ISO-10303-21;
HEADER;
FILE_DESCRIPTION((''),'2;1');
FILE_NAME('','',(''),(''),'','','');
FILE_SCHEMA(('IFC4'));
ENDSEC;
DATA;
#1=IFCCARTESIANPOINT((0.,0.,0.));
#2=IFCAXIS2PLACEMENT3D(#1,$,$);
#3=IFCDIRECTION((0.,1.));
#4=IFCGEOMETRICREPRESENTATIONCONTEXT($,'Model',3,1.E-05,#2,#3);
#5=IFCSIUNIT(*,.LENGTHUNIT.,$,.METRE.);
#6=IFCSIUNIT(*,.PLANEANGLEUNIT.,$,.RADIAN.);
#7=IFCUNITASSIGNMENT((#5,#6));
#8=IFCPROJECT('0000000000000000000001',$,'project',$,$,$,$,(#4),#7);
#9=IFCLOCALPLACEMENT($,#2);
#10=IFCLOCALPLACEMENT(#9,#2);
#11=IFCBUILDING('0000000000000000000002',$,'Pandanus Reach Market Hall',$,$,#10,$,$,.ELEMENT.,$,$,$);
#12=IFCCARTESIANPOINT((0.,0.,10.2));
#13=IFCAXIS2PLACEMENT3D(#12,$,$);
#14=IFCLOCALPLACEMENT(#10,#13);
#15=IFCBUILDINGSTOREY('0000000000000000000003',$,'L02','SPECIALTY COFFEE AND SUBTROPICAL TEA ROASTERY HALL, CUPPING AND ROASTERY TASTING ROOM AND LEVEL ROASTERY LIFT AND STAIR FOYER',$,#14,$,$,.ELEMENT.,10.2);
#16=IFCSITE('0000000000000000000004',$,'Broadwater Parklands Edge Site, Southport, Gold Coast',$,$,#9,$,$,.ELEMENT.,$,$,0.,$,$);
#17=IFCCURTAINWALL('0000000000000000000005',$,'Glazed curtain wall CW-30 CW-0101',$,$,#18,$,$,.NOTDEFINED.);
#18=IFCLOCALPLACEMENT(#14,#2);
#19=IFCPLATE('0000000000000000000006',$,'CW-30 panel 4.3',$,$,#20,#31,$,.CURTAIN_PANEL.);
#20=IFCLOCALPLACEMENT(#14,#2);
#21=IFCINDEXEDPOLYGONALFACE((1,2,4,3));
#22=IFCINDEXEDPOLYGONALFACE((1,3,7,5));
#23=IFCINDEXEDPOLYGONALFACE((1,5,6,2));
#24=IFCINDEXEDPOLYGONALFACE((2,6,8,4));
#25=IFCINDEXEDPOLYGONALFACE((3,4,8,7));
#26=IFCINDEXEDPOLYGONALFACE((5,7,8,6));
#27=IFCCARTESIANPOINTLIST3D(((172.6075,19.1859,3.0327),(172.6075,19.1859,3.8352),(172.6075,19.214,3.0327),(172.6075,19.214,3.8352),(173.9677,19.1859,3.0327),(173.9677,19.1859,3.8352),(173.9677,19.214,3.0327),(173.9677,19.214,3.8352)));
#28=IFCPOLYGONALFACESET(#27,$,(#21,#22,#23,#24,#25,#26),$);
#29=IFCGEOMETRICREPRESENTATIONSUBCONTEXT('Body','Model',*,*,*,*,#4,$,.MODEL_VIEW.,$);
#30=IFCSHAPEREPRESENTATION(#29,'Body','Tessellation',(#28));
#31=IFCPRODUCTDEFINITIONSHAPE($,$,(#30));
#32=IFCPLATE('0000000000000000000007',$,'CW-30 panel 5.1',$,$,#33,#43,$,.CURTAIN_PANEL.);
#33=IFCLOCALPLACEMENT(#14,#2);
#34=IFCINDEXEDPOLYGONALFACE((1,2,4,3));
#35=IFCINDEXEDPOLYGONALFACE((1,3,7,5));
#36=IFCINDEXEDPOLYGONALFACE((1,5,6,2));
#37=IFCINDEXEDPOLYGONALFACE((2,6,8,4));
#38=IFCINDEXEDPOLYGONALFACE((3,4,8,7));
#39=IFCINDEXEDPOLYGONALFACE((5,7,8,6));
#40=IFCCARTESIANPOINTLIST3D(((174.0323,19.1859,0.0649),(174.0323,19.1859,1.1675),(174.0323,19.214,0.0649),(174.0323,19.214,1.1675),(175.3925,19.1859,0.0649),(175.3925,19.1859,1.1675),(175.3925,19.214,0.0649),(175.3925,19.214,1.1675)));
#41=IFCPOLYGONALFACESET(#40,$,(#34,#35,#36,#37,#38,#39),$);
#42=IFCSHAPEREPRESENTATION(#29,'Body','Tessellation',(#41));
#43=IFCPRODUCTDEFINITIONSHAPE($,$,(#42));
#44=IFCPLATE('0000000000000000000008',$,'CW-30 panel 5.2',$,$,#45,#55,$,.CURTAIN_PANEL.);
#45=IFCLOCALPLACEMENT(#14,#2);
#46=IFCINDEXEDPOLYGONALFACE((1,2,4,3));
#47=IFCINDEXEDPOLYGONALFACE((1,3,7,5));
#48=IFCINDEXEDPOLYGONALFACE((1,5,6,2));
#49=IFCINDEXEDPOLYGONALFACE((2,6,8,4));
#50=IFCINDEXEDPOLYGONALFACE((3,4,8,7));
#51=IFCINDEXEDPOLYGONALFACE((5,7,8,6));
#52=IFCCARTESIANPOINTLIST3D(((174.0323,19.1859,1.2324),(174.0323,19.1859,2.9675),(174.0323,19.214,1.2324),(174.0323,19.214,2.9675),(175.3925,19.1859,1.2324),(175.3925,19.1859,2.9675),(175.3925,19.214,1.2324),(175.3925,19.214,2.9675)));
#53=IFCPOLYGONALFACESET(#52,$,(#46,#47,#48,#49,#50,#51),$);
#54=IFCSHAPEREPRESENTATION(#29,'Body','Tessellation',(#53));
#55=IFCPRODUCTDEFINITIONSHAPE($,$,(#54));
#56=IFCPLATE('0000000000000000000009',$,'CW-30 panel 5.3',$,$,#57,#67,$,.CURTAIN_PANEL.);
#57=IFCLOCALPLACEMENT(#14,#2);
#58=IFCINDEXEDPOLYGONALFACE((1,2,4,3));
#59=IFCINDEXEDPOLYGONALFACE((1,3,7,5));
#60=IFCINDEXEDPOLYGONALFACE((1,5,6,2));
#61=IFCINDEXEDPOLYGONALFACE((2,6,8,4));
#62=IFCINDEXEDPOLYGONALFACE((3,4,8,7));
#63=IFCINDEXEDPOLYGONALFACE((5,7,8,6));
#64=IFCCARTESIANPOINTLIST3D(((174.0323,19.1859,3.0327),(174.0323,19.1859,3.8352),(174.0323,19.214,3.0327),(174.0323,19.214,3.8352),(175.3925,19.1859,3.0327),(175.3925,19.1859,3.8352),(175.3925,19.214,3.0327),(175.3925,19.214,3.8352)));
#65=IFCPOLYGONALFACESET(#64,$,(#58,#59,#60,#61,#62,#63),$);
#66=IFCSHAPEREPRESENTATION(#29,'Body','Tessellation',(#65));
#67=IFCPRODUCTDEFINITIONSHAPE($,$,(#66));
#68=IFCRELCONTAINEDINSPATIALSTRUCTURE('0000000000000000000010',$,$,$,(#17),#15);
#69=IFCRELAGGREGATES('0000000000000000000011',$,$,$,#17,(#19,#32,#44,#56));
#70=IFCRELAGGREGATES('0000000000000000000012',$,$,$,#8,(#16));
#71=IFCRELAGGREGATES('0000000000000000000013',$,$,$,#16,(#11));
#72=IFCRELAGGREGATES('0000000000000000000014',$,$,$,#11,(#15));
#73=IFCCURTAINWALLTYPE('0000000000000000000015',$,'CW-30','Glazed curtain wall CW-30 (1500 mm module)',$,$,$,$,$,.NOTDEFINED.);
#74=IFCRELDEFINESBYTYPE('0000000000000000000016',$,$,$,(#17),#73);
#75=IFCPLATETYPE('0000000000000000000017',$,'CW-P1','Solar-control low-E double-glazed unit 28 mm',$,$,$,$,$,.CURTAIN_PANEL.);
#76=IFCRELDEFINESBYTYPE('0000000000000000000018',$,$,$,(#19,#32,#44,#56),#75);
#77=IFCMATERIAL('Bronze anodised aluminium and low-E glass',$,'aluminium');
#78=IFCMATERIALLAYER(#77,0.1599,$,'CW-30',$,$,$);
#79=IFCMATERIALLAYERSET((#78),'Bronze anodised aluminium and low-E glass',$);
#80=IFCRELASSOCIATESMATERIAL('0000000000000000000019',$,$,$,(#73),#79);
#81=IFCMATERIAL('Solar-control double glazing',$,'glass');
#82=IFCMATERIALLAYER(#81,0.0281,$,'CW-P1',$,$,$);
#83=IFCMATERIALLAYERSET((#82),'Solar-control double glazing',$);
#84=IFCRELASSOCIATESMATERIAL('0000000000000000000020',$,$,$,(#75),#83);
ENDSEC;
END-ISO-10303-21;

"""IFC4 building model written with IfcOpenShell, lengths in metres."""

from ifc_helpers import new_model, si_unit, direction, frame, origin, origin_2d, place, context, subcontext, project, spatial, rectangle, extrude, material, layer, layer_set, type_object, element, aggregate, save


model = new_model("IFC4")

# Units and contexts
model_context = context("Model", 3, precision=1e-05, world=origin(), true_north=direction((0.0, 1.0)))
body_context = subcontext(model_context, "Body", "Model", "MODEL_VIEW")
ifc_project = project(units=[si_unit("LENGTHUNIT", "METRE"), si_unit("PLANEANGLEUNIT", "RADIAN")], contexts=[model_context])

# Site, building, storey
site_placement = place(None, origin())
site = spatial("IfcSite", under=ifc_project, at=site_placement, Name="Broadwater Parklands Edge Site, Southport, Gold Coast", CompositionType="ELEMENT", RefElevation=0.0)
building_placement = place(site_placement, origin())
building = spatial("IfcBuilding", under=site, at=building_placement, Name="Pandanus Reach Market Hall", CompositionType="ELEMENT")
storey_placement = place(building_placement, frame((0.0, 0.0, 10.2)))
storey = spatial("IfcBuildingStorey", under=building, at=storey_placement, Name="L02", Description="SPECIALTY COFFEE AND SUBTROPICAL TEA ROASTERY HALL, CUPPING AND ROASTERY TASTING ROOM AND LEVEL ROASTERY LIFT AND STAIR FOYER", CompositionType="ELEMENT", Elevation=10.2)

# Curtain wall, plates
ifc_material_1 = material(Name="Bronze anodised aluminium and low-E glass", Category="aluminium")
ifc_layer_1 = layer(ifc_material_1, 0.1599, Name="CW-30")
ifc_layer_set_1 = layer_set([ifc_layer_1], Name="Bronze anodised aluminium and low-E glass")
curtain_wall_type = type_object("IfcCurtainWallType", Name="CW-30", Description="Glazed curtain wall CW-30 (1500 mm module)", PredefinedType="NOTDEFINED", material=ifc_layer_set_1)
curtain_wall_placement = place(storey_placement, origin())
curtain_wall = element("IfcCurtainWall", 1, at=curtain_wall_placement, inside=storey, type_object=curtain_wall_type, Name="Glazed curtain wall CW-30 CW-0101", PredefinedType="NOTDEFINED")
ifc_material_2 = material(Name="Solar-control double glazing", Category="glass")
ifc_layer_2 = layer(ifc_material_2, 0.0281, Name="CW-P1")
ifc_layer_set_2 = layer_set([ifc_layer_2], Name="Solar-control double glazing")
plate_type = type_object("IfcPlateType", Name="CW-P1", Description="Solar-control low-E double-glazed unit 28 mm", PredefinedType="CURTAIN_PANEL", material=ifc_layer_set_2)
plate_1_placement = place(storey_placement, frame((173.2876, 19.2, 3.0327), z_axis=(0.0, 0.0, 1.0), x_axis=(1.0, 0.0, 0.0)))
plate_1 = element("IfcPlate", 2, at=plate_1_placement, type_object=plate_type, Name="CW-30 panel 4.3", PredefinedType="CURTAIN_PANEL", context=body_context, shape_type="SweptSolid", body=[
    extrude(rectangle(XDim=1.3601, YDim=0.0281, at=origin_2d()), origin(), (0.0, 0.0, 1.0), 0.8025),
])
plate_2_placement = place(storey_placement, frame((174.7124, 19.2, 0.0649), z_axis=(0.0, 0.0, 1.0), x_axis=(1.0, 0.0, 0.0)))
plate_2 = element("IfcPlate", 3, at=plate_2_placement, type_object=plate_type, Name="CW-30 panel 5.1", PredefinedType="CURTAIN_PANEL", context=body_context, shape_type="SweptSolid", body=[
    extrude(rectangle(XDim=1.3601, YDim=0.0281, at=origin_2d()), origin(), (0.0, 0.0, 1.0), 1.1025),
])
plate_3_placement = place(storey_placement, frame((174.7124, 19.2, 1.2324), z_axis=(0.0, 0.0, 1.0), x_axis=(1.0, 0.0, 0.0)))
plate_3 = element("IfcPlate", 4, at=plate_3_placement, type_object=plate_type, Name="CW-30 panel 5.2", PredefinedType="CURTAIN_PANEL", context=body_context, shape_type="SweptSolid", body=[
    extrude(rectangle(XDim=1.3601, YDim=0.0281, at=origin_2d()), origin(), (0.0, 0.0, 1.0), 1.7351),
])
plate_4_placement = place(storey_placement, frame((174.7124, 19.2, 3.0327), z_axis=(0.0, 0.0, 1.0), x_axis=(1.0, 0.0, 0.0)))
plate_4 = element("IfcPlate", 5, at=plate_4_placement, type_object=plate_type, Name="CW-30 panel 5.3", PredefinedType="CURTAIN_PANEL", context=body_context, shape_type="SweptSolid", body=[
    extrude(rectangle(XDim=1.3601, YDim=0.0281, at=origin_2d()), origin(), (0.0, 0.0, 1.0), 0.8025),
])
aggregate(curtain_wall, [plate_1, plate_2, plate_3, plate_4])

save(model, "model.ifc")
